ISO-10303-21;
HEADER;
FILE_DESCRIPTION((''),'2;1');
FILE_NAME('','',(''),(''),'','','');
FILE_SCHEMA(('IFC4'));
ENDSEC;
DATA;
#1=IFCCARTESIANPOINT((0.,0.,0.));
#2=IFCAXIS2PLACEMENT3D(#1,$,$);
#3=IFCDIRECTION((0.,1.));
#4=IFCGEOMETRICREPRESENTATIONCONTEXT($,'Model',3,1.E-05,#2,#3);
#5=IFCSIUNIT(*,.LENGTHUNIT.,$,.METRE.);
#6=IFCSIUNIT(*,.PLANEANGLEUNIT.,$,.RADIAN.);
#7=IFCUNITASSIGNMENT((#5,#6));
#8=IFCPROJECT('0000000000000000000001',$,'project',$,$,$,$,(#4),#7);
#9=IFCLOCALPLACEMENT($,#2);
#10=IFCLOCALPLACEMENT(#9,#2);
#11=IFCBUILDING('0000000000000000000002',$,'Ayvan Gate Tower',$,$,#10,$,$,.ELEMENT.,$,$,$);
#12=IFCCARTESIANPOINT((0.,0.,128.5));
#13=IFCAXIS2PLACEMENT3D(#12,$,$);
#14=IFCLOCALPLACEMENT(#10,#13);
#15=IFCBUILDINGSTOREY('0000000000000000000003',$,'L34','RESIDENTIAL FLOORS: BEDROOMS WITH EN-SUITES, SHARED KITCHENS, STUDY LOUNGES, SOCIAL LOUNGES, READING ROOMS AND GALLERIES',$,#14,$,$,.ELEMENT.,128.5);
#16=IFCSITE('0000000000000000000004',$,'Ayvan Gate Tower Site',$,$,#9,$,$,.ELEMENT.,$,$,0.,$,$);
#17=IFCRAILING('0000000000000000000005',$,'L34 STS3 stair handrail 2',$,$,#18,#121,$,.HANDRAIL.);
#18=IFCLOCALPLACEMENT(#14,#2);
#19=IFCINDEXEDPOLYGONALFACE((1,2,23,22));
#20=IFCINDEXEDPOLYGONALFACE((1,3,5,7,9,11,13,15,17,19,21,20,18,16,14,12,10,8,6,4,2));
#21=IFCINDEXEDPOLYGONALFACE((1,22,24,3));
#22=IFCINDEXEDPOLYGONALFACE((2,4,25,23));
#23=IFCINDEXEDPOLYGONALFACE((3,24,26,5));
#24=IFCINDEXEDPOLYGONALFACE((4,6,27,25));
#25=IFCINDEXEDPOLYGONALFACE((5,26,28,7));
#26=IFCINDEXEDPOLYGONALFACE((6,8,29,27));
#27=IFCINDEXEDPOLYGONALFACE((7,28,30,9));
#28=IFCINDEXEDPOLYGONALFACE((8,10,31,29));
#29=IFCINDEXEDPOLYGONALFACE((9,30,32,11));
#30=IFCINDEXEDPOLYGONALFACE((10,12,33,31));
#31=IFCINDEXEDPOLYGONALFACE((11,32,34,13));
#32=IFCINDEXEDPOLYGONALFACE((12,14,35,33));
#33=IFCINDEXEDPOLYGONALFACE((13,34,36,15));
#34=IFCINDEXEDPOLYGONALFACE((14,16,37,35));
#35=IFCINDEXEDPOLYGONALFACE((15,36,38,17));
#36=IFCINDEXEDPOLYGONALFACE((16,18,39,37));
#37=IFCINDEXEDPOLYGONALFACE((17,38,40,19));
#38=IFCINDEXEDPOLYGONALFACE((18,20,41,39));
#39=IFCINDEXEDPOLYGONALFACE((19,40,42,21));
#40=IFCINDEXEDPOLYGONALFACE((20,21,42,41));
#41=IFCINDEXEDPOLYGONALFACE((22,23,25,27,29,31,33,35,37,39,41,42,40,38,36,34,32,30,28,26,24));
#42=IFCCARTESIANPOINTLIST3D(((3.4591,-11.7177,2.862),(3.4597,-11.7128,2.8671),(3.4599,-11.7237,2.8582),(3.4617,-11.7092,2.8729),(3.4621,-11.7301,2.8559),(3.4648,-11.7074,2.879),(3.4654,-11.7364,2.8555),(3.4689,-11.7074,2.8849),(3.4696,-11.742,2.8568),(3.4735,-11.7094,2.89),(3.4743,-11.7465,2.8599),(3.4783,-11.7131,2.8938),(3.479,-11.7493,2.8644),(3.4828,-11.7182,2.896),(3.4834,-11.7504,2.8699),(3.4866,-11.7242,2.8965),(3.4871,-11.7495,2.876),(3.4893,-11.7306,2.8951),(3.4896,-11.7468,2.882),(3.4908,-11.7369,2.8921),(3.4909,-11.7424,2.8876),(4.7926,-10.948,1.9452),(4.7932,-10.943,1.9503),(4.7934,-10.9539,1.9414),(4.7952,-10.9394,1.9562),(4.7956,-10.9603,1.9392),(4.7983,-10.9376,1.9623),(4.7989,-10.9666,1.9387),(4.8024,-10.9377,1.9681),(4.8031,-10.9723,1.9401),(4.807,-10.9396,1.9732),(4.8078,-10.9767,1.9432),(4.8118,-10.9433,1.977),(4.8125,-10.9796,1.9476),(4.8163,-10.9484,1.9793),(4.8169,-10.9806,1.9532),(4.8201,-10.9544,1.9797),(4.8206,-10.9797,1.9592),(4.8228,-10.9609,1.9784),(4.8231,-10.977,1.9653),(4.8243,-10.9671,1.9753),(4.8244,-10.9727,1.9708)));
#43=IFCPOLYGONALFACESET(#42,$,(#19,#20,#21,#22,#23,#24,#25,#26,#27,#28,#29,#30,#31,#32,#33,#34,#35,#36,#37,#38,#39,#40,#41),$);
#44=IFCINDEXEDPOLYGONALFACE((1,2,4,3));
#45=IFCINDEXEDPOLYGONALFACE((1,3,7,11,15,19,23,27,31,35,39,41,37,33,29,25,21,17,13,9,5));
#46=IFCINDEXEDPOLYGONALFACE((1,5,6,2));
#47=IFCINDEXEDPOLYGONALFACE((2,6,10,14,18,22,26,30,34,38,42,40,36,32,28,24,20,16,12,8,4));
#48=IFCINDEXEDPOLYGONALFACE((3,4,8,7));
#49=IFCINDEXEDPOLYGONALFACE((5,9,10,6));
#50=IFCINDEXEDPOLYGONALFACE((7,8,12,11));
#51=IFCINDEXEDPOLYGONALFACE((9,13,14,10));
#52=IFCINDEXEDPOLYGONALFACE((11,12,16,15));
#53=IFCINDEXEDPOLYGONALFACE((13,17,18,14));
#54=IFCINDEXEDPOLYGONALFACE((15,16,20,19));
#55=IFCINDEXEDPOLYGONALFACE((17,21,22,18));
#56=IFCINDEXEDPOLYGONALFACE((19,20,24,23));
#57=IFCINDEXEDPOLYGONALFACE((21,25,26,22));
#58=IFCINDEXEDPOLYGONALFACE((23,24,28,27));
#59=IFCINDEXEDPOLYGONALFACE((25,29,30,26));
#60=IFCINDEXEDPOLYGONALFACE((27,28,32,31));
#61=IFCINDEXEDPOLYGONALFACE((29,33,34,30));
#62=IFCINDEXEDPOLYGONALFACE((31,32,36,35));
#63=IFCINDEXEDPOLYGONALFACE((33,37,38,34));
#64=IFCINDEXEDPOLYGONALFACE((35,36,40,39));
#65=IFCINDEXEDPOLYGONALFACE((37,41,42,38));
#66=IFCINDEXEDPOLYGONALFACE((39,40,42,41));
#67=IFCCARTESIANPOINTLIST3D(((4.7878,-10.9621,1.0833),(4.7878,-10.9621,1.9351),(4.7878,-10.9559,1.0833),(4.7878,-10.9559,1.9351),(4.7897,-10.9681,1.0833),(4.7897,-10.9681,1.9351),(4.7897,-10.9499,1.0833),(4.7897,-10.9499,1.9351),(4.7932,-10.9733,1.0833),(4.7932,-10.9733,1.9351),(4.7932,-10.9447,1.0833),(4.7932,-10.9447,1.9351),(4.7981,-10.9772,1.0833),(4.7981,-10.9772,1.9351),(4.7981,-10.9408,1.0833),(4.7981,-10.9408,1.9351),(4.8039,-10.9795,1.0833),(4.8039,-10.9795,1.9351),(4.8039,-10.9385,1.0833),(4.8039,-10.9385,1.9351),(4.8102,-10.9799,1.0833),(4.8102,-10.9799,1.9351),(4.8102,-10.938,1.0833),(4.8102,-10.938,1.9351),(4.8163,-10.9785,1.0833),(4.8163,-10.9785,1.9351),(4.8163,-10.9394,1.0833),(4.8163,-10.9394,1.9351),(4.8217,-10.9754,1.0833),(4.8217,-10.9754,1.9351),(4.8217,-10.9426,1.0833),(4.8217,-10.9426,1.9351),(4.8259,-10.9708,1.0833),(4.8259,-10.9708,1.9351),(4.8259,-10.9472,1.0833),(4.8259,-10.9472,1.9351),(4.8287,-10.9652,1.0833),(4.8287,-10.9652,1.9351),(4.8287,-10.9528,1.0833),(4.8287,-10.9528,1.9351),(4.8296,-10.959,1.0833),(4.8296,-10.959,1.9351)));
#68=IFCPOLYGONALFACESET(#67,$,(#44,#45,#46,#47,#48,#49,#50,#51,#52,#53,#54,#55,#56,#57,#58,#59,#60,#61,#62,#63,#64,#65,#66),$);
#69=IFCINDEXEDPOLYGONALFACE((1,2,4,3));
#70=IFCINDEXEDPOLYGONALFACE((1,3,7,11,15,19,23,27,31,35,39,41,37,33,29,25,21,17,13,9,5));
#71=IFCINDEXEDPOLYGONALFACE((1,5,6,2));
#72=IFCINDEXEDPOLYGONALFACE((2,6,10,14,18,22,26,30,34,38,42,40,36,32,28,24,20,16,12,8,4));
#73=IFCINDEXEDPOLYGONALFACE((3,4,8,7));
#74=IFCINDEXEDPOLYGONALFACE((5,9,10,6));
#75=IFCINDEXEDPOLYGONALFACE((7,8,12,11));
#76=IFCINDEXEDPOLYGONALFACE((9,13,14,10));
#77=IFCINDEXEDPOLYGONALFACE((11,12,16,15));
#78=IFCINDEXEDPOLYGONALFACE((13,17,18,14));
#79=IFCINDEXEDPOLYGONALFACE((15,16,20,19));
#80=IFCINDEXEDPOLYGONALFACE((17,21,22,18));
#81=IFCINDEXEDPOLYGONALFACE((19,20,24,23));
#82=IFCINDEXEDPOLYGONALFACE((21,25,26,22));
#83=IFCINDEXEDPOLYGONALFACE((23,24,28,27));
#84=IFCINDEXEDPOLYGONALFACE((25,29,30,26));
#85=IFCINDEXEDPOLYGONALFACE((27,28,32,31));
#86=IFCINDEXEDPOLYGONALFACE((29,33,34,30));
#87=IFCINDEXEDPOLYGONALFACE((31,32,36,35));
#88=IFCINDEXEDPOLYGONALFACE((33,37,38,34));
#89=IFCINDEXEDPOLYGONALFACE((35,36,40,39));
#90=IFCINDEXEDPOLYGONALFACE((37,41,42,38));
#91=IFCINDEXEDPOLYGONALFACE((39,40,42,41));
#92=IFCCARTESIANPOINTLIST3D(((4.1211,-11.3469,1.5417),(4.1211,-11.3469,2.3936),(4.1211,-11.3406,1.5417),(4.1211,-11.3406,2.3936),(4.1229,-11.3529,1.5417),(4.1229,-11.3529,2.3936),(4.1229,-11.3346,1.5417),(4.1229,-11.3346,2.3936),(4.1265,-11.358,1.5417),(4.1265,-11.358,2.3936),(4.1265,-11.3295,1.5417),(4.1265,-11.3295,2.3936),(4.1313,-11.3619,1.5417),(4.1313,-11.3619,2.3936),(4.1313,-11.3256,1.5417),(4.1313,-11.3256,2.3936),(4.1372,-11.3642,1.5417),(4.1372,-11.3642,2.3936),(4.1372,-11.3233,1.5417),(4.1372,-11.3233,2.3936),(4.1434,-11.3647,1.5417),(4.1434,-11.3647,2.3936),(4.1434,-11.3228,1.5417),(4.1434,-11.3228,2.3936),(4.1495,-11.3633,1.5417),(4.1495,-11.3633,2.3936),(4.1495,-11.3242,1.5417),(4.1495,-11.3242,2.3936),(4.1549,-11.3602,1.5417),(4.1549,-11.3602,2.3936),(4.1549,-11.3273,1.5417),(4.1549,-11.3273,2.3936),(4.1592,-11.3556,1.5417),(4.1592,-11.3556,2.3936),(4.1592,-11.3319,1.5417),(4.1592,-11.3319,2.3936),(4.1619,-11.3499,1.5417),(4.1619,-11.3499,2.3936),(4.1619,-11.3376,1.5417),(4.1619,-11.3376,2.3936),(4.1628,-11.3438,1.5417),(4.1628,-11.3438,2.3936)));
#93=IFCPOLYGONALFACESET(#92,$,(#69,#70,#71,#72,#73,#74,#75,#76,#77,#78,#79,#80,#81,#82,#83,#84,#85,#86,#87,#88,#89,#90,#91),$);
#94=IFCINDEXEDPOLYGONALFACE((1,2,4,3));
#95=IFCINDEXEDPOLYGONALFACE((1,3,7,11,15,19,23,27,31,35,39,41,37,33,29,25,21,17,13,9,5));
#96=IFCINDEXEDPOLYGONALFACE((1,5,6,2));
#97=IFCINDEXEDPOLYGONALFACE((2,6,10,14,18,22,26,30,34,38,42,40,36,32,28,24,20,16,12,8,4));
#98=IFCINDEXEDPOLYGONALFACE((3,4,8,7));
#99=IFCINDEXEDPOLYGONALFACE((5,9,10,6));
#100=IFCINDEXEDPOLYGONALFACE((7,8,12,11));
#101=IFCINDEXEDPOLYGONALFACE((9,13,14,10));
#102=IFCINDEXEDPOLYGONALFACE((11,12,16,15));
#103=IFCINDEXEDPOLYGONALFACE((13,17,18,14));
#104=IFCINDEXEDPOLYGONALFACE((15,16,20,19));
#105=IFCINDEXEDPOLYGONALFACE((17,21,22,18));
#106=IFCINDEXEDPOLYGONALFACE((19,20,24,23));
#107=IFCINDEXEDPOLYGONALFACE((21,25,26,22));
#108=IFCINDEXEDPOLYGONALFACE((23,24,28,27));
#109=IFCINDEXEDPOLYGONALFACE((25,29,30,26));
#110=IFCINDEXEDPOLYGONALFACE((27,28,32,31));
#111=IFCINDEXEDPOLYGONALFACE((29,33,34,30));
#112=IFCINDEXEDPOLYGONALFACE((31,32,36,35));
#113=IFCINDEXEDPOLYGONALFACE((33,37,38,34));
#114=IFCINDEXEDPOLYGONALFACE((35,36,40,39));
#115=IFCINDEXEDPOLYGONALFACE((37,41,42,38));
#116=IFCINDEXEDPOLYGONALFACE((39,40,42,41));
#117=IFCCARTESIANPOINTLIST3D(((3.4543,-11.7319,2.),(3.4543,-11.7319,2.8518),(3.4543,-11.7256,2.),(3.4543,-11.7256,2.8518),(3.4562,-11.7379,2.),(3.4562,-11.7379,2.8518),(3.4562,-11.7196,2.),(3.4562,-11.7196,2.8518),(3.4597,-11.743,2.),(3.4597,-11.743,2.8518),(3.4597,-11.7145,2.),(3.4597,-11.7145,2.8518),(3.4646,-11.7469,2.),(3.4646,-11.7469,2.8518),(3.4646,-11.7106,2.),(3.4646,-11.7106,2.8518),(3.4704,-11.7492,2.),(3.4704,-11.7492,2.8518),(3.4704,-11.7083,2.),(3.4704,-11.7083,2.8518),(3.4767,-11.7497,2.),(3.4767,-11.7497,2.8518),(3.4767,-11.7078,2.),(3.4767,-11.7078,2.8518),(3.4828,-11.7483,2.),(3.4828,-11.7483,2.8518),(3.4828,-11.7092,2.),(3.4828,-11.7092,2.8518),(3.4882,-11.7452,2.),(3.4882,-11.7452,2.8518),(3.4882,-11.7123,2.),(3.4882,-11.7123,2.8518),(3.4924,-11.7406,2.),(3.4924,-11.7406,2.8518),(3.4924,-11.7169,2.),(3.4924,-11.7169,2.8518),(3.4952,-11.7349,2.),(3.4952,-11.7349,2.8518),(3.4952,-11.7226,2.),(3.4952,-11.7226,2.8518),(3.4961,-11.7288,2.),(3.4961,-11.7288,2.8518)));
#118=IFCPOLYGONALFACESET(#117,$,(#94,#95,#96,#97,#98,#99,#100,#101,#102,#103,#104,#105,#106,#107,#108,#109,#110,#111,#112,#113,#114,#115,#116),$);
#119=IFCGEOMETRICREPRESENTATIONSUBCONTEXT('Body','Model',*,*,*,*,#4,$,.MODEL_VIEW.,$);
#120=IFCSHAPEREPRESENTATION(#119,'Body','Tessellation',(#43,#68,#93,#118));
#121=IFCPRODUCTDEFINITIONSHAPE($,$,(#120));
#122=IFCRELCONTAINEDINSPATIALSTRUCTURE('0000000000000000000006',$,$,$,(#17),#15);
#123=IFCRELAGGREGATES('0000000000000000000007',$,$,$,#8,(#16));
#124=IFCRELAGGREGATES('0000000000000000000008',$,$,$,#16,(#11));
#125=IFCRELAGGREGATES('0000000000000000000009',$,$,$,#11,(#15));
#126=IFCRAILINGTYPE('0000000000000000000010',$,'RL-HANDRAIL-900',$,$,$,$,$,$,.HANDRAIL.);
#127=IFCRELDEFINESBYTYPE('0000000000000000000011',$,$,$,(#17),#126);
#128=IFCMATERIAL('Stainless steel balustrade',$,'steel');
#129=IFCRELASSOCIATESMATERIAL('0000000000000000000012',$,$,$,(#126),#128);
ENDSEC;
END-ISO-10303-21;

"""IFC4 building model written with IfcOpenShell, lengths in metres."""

from ifc_helpers import new_model, si_unit, direction, frame, origin, origin_2d, place, context, subcontext, project, spatial, circle, extrude, material, type_object, element, save


model = new_model("IFC4")

# Units and contexts
model_context = context("Model", 3, precision=1e-05, world=origin(), true_north=direction((0.0, 1.0)))
body_context = subcontext(model_context, "Body", "Model", "MODEL_VIEW")
ifc_project = project(units=[si_unit("LENGTHUNIT", "METRE"), si_unit("PLANEANGLEUNIT", "RADIAN")], contexts=[model_context])

# Site, building, storey
site_placement = place(None, origin())
site = spatial("IfcSite", under=ifc_project, at=site_placement, Name="Ayvan Gate Tower Site", CompositionType="ELEMENT", RefElevation=0.0)
building_placement = place(site_placement, origin())
building = spatial("IfcBuilding", under=site, at=building_placement, Name="Ayvan Gate Tower", CompositionType="ELEMENT")
storey_placement = place(building_placement, frame((0.0, 0.0, 128.5)))
storey = spatial("IfcBuildingStorey", under=building, at=storey_placement, Name="L34", Description="RESIDENTIAL FLOORS: BEDROOMS WITH EN-SUITES, SHARED KITCHENS, STUDY LOUNGES, SOCIAL LOUNGES, READING ROOMS AND GALLERIES", CompositionType="ELEMENT", Elevation=128.5)

# Railing
ifc_material_1 = material(Name="Stainless steel balustrade", Category="steel")
railing_type_1 = type_object("IfcRailingType", Name="RL-HANDRAIL-900", PredefinedType="HANDRAIL", material=ifc_material_1)
railing_1_placement = place(storey_placement, frame((4.8086, -10.959, 1.0833)))
element("IfcRailing", 1, at=railing_1_placement, inside=storey, type_object=railing_type_1, Name="L34 STS3 stair handrail 2", PredefinedType="HANDRAIL", context=body_context, shape_type="SweptSolid", body=[
    extrude(circle(Radius=0.0239, at=origin_2d()), frame((0.0, 0.0, 0.876), z_axis=(-0.744147, -0.429567, 0.511584), x_axis=(0.499942, -0.866059, 0.0)), (0.0, 0.0, 1.0), 1.792),
    extrude(circle(Radius=0.021, at=origin_2d()), origin(), (0.0, 0.0, 1.0), 0.8518),
    extrude(circle(Radius=0.021, at=origin_2d()), frame((-0.6667, -0.3848, 0.4585)), (0.0, 0.0, 1.0), 0.8518),
    extrude(circle(Radius=0.021, at=origin_2d()), frame((-1.3335, -0.7698, 0.9167)), (0.0, 0.0, 1.0), 0.8518),
])

save(model, "model.ifc")
